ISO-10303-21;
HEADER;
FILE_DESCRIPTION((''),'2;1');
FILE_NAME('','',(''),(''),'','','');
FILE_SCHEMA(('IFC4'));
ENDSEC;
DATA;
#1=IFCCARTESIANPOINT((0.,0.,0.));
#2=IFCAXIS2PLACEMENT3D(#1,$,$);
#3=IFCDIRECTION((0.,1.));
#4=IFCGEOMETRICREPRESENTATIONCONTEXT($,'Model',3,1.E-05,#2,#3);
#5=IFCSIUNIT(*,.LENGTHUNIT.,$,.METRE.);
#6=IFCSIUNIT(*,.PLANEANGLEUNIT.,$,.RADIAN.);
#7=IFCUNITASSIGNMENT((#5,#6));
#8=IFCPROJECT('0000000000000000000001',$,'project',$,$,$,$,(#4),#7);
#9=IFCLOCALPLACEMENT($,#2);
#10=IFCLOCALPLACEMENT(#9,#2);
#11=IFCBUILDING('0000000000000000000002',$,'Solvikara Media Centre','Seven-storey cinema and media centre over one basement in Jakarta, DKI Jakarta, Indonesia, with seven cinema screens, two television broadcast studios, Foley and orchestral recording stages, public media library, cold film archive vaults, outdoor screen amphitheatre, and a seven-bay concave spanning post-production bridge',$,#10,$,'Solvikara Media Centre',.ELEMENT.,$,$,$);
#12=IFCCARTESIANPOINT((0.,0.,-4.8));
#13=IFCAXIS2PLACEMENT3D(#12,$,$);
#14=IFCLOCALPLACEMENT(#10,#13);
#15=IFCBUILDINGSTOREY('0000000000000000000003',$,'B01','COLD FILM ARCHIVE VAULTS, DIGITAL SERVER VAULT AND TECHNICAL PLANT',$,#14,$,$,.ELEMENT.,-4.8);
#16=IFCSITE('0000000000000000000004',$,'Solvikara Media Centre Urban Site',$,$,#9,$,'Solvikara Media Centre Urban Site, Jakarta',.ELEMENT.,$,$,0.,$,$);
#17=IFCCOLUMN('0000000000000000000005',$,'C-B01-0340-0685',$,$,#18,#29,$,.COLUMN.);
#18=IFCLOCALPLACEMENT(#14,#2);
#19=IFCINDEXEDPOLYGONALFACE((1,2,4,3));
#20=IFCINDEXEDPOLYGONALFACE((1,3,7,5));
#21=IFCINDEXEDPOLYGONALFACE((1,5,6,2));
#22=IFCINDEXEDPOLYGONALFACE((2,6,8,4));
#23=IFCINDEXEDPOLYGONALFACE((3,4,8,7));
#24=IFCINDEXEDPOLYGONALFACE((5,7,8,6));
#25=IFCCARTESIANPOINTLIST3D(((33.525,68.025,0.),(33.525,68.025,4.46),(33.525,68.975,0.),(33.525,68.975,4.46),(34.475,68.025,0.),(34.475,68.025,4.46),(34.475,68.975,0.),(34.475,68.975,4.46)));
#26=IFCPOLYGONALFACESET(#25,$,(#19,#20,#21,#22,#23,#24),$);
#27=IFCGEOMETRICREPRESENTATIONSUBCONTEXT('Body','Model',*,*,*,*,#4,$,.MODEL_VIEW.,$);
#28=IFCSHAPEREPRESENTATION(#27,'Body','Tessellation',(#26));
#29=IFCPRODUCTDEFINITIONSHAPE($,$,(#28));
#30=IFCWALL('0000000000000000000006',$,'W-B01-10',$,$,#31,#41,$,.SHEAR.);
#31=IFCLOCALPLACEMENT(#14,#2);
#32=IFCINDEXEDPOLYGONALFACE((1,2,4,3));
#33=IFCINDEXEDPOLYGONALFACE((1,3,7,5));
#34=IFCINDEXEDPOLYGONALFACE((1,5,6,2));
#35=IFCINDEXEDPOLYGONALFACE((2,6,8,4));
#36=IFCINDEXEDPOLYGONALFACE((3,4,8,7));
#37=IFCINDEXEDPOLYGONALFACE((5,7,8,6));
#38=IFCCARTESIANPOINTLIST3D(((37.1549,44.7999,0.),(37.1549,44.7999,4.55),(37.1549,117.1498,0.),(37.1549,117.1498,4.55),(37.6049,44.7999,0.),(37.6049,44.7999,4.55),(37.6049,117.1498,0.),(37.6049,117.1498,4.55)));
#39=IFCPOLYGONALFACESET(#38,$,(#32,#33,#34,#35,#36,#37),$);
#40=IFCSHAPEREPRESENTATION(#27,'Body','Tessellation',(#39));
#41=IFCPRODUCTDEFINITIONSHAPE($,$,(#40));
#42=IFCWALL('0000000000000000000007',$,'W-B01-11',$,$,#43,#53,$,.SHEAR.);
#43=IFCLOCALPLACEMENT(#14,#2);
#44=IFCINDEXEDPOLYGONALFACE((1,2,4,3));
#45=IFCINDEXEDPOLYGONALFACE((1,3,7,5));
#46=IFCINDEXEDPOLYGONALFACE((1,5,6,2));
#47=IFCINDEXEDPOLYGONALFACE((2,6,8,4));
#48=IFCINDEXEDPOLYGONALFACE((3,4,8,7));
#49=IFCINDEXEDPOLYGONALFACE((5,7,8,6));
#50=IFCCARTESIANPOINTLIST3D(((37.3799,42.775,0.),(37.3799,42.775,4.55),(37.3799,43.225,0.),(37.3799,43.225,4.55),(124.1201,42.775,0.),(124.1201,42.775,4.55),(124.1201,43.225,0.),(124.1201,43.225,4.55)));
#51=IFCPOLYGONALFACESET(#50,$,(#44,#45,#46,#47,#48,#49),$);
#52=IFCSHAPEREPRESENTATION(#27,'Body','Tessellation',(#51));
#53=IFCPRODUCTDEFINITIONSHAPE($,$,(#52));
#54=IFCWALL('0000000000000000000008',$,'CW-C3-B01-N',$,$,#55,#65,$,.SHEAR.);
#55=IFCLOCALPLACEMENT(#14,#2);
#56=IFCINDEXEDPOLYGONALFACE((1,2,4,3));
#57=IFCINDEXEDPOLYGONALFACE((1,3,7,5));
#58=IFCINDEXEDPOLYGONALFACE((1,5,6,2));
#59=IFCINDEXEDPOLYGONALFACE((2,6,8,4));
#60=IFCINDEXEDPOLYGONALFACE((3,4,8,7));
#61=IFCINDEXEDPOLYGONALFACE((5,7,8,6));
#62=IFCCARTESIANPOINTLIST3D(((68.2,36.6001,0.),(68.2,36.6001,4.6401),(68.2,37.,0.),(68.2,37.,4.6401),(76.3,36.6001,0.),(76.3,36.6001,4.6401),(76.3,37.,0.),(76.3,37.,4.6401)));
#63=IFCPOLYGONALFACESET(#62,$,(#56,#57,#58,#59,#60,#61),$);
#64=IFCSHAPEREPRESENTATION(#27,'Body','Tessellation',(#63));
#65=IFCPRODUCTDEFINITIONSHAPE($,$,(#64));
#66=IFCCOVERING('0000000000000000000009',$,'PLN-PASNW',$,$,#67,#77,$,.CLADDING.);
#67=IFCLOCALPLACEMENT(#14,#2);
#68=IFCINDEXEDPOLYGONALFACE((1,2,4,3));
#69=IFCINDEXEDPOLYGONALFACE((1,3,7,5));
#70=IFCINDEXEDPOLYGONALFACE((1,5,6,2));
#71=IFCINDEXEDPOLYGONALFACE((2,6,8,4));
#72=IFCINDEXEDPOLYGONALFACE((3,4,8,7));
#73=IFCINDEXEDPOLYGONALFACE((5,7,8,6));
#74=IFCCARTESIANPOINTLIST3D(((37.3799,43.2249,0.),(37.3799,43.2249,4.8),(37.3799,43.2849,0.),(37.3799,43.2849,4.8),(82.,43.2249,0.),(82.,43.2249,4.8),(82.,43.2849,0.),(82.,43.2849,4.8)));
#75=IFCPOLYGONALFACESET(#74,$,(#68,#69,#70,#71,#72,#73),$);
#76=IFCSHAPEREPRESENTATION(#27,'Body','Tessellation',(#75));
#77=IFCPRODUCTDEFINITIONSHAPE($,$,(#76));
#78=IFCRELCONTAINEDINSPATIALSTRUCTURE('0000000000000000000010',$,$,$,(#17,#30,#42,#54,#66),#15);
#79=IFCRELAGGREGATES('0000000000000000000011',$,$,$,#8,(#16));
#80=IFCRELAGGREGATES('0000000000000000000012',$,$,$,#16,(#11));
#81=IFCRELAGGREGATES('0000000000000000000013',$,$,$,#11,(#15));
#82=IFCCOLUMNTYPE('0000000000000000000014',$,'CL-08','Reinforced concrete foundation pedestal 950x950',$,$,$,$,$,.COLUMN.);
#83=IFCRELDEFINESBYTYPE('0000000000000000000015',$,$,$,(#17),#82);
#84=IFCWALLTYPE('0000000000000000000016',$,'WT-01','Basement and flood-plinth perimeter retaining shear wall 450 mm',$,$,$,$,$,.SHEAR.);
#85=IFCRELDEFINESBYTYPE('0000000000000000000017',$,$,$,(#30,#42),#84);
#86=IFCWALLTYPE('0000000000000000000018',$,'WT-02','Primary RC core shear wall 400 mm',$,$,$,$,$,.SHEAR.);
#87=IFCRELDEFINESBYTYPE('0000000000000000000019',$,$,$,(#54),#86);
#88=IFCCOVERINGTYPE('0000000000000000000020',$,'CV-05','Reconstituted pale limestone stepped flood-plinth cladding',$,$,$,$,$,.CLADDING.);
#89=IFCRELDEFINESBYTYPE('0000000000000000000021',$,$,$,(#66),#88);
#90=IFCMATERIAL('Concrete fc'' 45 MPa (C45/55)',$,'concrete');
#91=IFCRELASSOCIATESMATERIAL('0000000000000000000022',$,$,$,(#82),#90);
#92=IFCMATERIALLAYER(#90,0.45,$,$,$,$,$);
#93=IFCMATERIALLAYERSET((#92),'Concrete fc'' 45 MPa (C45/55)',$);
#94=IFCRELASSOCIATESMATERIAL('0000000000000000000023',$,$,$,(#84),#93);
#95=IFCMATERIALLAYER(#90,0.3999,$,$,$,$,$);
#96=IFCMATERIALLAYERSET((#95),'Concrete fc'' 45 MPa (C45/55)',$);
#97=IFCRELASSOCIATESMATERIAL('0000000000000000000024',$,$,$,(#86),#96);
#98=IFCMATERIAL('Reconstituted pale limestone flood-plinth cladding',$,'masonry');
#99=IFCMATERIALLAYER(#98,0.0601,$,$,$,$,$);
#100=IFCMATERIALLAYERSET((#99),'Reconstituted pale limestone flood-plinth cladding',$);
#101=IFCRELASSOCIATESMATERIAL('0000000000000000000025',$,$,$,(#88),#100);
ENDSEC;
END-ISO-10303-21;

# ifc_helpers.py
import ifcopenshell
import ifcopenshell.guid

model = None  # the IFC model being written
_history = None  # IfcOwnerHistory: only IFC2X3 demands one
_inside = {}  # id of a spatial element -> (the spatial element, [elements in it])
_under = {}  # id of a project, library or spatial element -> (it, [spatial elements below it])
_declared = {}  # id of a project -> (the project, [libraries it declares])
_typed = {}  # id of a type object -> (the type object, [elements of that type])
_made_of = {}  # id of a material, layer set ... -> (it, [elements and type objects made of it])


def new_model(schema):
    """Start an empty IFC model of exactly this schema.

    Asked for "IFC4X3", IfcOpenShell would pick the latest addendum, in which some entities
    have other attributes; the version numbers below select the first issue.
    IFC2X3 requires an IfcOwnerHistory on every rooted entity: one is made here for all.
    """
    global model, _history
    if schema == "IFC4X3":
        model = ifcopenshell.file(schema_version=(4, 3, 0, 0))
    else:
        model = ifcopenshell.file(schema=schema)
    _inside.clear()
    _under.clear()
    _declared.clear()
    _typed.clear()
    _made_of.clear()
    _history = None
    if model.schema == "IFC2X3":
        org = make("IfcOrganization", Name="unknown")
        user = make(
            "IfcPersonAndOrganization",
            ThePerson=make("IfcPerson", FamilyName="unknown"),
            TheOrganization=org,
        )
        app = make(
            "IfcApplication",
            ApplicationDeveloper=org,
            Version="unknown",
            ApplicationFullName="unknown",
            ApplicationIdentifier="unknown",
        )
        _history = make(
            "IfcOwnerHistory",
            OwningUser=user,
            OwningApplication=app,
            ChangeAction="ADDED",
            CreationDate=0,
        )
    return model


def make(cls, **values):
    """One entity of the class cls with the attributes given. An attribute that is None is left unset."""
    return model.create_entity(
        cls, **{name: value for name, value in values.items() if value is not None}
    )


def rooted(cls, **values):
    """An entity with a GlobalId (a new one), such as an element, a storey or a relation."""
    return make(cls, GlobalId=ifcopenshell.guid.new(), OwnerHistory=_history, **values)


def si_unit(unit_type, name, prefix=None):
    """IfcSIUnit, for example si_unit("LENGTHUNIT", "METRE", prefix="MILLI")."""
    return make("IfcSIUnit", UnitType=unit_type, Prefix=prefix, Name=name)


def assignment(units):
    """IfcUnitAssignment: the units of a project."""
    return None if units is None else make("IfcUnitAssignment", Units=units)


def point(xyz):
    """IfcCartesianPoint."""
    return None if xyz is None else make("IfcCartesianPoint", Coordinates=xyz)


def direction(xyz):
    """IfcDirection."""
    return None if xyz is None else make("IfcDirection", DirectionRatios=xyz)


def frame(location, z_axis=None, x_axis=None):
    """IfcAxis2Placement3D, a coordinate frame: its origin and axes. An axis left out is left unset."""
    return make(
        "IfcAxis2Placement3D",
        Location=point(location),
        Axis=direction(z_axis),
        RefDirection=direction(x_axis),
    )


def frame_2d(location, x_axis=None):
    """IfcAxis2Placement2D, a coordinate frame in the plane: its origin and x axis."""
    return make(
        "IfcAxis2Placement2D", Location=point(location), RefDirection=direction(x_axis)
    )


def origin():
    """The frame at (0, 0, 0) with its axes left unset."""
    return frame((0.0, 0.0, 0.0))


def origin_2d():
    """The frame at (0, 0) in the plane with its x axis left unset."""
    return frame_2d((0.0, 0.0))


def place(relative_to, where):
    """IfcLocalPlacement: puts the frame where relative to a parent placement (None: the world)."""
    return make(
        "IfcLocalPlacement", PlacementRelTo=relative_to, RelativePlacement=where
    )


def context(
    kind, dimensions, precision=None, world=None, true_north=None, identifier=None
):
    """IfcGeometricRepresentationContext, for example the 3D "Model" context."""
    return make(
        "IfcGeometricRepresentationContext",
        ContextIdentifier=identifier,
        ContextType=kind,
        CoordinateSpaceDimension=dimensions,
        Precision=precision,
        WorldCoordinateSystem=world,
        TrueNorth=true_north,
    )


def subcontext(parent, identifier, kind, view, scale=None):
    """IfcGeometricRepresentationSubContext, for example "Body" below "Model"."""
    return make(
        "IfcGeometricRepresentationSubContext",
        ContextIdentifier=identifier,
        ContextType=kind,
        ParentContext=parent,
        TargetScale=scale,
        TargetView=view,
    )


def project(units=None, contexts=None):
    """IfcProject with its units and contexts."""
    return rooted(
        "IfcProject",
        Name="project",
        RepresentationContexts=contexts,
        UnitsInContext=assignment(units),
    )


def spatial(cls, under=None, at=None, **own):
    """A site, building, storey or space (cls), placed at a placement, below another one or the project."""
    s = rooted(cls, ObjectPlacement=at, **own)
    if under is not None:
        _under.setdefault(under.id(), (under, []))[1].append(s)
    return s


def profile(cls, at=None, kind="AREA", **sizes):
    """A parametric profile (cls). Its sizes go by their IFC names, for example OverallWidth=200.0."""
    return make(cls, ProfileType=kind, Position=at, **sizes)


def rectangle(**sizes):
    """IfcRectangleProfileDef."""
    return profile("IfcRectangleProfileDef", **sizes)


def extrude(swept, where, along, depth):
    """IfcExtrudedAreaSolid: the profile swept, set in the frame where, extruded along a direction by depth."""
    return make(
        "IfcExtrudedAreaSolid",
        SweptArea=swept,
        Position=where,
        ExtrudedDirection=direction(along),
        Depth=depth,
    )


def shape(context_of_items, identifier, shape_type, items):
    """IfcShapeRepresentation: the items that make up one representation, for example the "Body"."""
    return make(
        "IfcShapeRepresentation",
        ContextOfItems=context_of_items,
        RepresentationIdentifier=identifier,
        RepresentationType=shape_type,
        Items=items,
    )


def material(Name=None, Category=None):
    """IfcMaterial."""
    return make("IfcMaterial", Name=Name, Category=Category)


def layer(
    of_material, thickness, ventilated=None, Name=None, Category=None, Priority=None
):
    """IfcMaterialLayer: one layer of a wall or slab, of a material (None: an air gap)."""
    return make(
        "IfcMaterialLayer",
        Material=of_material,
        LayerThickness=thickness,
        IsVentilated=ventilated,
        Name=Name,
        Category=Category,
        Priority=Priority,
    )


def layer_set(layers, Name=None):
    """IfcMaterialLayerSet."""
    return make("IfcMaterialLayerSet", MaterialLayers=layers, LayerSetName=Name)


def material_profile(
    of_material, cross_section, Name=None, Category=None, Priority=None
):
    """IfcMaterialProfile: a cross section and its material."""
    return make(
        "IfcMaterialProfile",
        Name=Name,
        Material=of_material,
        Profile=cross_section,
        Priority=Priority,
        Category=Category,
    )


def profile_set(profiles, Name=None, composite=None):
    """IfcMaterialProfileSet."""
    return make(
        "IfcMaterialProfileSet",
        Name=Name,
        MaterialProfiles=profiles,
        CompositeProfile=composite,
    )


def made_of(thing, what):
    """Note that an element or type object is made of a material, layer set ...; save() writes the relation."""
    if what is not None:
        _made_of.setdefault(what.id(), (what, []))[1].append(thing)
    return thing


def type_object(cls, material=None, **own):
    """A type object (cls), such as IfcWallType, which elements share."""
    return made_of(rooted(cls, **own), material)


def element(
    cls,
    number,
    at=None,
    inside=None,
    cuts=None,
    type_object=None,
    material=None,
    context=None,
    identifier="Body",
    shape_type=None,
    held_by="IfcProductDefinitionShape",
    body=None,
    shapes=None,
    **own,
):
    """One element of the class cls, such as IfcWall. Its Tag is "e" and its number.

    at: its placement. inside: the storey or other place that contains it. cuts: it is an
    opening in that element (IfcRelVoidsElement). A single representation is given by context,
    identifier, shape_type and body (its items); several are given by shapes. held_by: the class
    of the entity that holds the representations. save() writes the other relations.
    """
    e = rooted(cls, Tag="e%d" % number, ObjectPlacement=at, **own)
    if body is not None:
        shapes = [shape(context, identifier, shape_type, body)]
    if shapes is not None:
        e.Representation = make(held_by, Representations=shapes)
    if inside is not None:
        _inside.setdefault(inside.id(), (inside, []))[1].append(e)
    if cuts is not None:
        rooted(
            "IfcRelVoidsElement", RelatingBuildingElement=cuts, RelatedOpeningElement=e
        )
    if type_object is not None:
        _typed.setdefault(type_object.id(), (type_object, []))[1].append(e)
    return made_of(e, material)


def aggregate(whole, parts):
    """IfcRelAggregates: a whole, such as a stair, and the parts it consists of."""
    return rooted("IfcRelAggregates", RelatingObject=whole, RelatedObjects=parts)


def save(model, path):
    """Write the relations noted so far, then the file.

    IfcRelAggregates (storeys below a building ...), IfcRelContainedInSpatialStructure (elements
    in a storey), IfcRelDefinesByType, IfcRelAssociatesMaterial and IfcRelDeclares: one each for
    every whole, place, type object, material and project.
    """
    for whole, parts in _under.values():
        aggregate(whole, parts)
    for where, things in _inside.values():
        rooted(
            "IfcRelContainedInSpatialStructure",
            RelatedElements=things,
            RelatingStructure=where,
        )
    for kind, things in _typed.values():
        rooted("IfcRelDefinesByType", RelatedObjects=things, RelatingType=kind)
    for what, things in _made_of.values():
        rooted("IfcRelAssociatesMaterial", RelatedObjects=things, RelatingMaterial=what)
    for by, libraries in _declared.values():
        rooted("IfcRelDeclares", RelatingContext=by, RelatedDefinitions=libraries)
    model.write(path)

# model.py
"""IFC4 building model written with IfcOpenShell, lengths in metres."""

from ifc_helpers import new_model, si_unit, direction, frame, frame_2d, origin, origin_2d, place, context, subcontext, project, spatial, rectangle, extrude, material, layer, layer_set, material_profile, profile_set, type_object, element, save


model = new_model("IFC4")

# Units and contexts
model_context = context("Model", 3, precision=1e-05, world=origin(), true_north=direction((0.0, 1.0)))
body_context = subcontext(model_context, "Body", "Model", "MODEL_VIEW")
ifc_project = project(units=[si_unit("LENGTHUNIT", "METRE"), si_unit("PLANEANGLEUNIT", "RADIAN")], contexts=[model_context])

# Site, building, storey
site_placement = place(None, origin())
site = spatial("IfcSite", under=ifc_project, at=site_placement, Name="Solvikara Media Centre Urban Site", LongName="Solvikara Media Centre Urban Site, Jakarta", CompositionType="ELEMENT", RefElevation=0.0)
building_placement = place(site_placement, origin())
building = spatial("IfcBuilding", under=site, at=building_placement, Name="Solvikara Media Centre", Description="Seven-storey cinema and media centre over one basement in Jakarta, DKI Jakarta, Indonesia, with seven cinema screens, two television broadcast studios, Foley and orchestral recording stages, public media library, cold film archive vaults, outdoor screen amphitheatre, and a seven-bay concave spanning post-production bridge", LongName="Solvikara Media Centre", CompositionType="ELEMENT")
storey_placement = place(building_placement, frame((0.0, 0.0, -4.8)))
storey = spatial("IfcBuildingStorey", under=building, at=storey_placement, Name="B01", Description="COLD FILM ARCHIVE VAULTS, DIGITAL SERVER VAULT AND TECHNICAL PLANT", CompositionType="ELEMENT", Elevation=-4.8)

# Column
ifc_material_1 = material(Name="Concrete fc' 45 MPa (C45/55)", Category="concrete")
ifc_material_profile_1 = material_profile(ifc_material_1, rectangle(XDim=0.95, YDim=0.95, at=origin_2d()), Name="RC 950x950")
ifc_profile_set_1 = profile_set([ifc_material_profile_1], Name="Concrete fc' 45 MPa (C45/55)")
column_type_1 = type_object("IfcColumnType", Name="CL-08", Description="Reinforced concrete foundation pedestal 950x950", PredefinedType="COLUMN", material=ifc_profile_set_1)
column_placement = place(storey_placement, frame((34.0, 68.5, 0.0), z_axis=(0.0, 0.0, 1.0), x_axis=(1.0, 0.0, 0.0)))
element("IfcColumn", 1, at=column_placement, inside=storey, type_object=column_type_1, Name="C-B01-0340-0685", PredefinedType="COLUMN", context=body_context, shape_type="SweptSolid", body=[
    extrude(rectangle(XDim=0.95, YDim=0.95, at=origin_2d()), origin(), (0.0, 0.0, 1.0), 4.46),
])

# Walls
ifc_layer_1 = layer(ifc_material_1, 0.45)
ifc_layer_set_1 = layer_set([ifc_layer_1], Name="Concrete fc' 45 MPa (C45/55)")
wall_type_1 = type_object("IfcWallType", Name="WT-01", Description="Basement and flood-plinth perimeter retaining shear wall 450 mm", PredefinedType="SHEAR", material=ifc_layer_set_1)
wall_1_placement = place(storey_placement, frame((37.3799, 44.8, 0.0), z_axis=(0.0, 0.0, 1.0), x_axis=(0.0, 1.0, 0.0)))
element("IfcWall", 2, at=wall_1_placement, inside=storey, type_object=wall_type_1, Name="W-B01-10", PredefinedType="SHEAR", context=body_context, shape_type="SweptSolid", body=[
    extrude(rectangle(XDim=72.3499, YDim=0.45, at=frame_2d((36.1748, 0.0))), origin(), (0.0, 0.0, 1.0), 4.55),
])
wall_2_placement = place(storey_placement, frame((37.3799, 43.0, 0.0), z_axis=(0.0, 0.0, 1.0), x_axis=(1.0, 0.0, 0.0)))
element("IfcWall", 3, at=wall_2_placement, inside=storey, type_object=wall_type_1, Name="W-B01-11", PredefinedType="SHEAR", context=body_context, shape_type="SweptSolid", body=[
    extrude(rectangle(XDim=86.7402, YDim=0.45, at=frame_2d((43.3701, 0.0))), origin(), (0.0, 0.0, 1.0), 4.55),
])
ifc_layer_2 = layer(ifc_material_1, 0.3999)
ifc_layer_set_2 = layer_set([ifc_layer_2], Name="Concrete fc' 45 MPa (C45/55)")
wall_type_2 = type_object("IfcWallType", Name="WT-02", Description="Primary RC core shear wall 400 mm", PredefinedType="SHEAR", material=ifc_layer_set_2)
wall_3_placement = place(storey_placement, frame((68.2, 36.8, 0.0), z_axis=(0.0, 0.0, 1.0), x_axis=(1.0, 0.0, 0.0)))
element("IfcWall", 4, at=wall_3_placement, inside=storey, type_object=wall_type_2, Name="CW-C3-B01-N", PredefinedType="SHEAR", context=body_context, shape_type="SweptSolid", body=[
    extrude(rectangle(XDim=8.1001, YDim=0.3999, at=frame_2d((4.05, 0.0))), origin(), (0.0, 0.0, 1.0), 4.6401),
])

# Covering
ifc_material_2 = material(Name="Reconstituted pale limestone flood-plinth cladding", Category="masonry")
ifc_layer_3 = layer(ifc_material_2, 0.0601)
ifc_layer_set_3 = layer_set([ifc_layer_3], Name="Reconstituted pale limestone flood-plinth cladding")
covering_type = type_object("IfcCoveringType", Name="CV-05", Description="Reconstituted pale limestone stepped flood-plinth cladding", PredefinedType="CLADDING", material=ifc_layer_set_3)
covering_placement = place(storey_placement, frame((59.6899, 43.2549, 0.0), z_axis=(0.0, 0.0, 1.0), x_axis=(1.0, 0.0, 0.0)))
element("IfcCovering", 5, at=covering_placement, inside=storey, type_object=covering_type, Name="PLN-PASNW", PredefinedType="CLADDING", context=body_context, shape_type="SweptSolid", body=[
    extrude(rectangle(XDim=44.6201, YDim=0.0601, at=origin_2d()), origin(), (0.0, 0.0, 1.0), 4.8),
])

save(model, "model.ifc")
